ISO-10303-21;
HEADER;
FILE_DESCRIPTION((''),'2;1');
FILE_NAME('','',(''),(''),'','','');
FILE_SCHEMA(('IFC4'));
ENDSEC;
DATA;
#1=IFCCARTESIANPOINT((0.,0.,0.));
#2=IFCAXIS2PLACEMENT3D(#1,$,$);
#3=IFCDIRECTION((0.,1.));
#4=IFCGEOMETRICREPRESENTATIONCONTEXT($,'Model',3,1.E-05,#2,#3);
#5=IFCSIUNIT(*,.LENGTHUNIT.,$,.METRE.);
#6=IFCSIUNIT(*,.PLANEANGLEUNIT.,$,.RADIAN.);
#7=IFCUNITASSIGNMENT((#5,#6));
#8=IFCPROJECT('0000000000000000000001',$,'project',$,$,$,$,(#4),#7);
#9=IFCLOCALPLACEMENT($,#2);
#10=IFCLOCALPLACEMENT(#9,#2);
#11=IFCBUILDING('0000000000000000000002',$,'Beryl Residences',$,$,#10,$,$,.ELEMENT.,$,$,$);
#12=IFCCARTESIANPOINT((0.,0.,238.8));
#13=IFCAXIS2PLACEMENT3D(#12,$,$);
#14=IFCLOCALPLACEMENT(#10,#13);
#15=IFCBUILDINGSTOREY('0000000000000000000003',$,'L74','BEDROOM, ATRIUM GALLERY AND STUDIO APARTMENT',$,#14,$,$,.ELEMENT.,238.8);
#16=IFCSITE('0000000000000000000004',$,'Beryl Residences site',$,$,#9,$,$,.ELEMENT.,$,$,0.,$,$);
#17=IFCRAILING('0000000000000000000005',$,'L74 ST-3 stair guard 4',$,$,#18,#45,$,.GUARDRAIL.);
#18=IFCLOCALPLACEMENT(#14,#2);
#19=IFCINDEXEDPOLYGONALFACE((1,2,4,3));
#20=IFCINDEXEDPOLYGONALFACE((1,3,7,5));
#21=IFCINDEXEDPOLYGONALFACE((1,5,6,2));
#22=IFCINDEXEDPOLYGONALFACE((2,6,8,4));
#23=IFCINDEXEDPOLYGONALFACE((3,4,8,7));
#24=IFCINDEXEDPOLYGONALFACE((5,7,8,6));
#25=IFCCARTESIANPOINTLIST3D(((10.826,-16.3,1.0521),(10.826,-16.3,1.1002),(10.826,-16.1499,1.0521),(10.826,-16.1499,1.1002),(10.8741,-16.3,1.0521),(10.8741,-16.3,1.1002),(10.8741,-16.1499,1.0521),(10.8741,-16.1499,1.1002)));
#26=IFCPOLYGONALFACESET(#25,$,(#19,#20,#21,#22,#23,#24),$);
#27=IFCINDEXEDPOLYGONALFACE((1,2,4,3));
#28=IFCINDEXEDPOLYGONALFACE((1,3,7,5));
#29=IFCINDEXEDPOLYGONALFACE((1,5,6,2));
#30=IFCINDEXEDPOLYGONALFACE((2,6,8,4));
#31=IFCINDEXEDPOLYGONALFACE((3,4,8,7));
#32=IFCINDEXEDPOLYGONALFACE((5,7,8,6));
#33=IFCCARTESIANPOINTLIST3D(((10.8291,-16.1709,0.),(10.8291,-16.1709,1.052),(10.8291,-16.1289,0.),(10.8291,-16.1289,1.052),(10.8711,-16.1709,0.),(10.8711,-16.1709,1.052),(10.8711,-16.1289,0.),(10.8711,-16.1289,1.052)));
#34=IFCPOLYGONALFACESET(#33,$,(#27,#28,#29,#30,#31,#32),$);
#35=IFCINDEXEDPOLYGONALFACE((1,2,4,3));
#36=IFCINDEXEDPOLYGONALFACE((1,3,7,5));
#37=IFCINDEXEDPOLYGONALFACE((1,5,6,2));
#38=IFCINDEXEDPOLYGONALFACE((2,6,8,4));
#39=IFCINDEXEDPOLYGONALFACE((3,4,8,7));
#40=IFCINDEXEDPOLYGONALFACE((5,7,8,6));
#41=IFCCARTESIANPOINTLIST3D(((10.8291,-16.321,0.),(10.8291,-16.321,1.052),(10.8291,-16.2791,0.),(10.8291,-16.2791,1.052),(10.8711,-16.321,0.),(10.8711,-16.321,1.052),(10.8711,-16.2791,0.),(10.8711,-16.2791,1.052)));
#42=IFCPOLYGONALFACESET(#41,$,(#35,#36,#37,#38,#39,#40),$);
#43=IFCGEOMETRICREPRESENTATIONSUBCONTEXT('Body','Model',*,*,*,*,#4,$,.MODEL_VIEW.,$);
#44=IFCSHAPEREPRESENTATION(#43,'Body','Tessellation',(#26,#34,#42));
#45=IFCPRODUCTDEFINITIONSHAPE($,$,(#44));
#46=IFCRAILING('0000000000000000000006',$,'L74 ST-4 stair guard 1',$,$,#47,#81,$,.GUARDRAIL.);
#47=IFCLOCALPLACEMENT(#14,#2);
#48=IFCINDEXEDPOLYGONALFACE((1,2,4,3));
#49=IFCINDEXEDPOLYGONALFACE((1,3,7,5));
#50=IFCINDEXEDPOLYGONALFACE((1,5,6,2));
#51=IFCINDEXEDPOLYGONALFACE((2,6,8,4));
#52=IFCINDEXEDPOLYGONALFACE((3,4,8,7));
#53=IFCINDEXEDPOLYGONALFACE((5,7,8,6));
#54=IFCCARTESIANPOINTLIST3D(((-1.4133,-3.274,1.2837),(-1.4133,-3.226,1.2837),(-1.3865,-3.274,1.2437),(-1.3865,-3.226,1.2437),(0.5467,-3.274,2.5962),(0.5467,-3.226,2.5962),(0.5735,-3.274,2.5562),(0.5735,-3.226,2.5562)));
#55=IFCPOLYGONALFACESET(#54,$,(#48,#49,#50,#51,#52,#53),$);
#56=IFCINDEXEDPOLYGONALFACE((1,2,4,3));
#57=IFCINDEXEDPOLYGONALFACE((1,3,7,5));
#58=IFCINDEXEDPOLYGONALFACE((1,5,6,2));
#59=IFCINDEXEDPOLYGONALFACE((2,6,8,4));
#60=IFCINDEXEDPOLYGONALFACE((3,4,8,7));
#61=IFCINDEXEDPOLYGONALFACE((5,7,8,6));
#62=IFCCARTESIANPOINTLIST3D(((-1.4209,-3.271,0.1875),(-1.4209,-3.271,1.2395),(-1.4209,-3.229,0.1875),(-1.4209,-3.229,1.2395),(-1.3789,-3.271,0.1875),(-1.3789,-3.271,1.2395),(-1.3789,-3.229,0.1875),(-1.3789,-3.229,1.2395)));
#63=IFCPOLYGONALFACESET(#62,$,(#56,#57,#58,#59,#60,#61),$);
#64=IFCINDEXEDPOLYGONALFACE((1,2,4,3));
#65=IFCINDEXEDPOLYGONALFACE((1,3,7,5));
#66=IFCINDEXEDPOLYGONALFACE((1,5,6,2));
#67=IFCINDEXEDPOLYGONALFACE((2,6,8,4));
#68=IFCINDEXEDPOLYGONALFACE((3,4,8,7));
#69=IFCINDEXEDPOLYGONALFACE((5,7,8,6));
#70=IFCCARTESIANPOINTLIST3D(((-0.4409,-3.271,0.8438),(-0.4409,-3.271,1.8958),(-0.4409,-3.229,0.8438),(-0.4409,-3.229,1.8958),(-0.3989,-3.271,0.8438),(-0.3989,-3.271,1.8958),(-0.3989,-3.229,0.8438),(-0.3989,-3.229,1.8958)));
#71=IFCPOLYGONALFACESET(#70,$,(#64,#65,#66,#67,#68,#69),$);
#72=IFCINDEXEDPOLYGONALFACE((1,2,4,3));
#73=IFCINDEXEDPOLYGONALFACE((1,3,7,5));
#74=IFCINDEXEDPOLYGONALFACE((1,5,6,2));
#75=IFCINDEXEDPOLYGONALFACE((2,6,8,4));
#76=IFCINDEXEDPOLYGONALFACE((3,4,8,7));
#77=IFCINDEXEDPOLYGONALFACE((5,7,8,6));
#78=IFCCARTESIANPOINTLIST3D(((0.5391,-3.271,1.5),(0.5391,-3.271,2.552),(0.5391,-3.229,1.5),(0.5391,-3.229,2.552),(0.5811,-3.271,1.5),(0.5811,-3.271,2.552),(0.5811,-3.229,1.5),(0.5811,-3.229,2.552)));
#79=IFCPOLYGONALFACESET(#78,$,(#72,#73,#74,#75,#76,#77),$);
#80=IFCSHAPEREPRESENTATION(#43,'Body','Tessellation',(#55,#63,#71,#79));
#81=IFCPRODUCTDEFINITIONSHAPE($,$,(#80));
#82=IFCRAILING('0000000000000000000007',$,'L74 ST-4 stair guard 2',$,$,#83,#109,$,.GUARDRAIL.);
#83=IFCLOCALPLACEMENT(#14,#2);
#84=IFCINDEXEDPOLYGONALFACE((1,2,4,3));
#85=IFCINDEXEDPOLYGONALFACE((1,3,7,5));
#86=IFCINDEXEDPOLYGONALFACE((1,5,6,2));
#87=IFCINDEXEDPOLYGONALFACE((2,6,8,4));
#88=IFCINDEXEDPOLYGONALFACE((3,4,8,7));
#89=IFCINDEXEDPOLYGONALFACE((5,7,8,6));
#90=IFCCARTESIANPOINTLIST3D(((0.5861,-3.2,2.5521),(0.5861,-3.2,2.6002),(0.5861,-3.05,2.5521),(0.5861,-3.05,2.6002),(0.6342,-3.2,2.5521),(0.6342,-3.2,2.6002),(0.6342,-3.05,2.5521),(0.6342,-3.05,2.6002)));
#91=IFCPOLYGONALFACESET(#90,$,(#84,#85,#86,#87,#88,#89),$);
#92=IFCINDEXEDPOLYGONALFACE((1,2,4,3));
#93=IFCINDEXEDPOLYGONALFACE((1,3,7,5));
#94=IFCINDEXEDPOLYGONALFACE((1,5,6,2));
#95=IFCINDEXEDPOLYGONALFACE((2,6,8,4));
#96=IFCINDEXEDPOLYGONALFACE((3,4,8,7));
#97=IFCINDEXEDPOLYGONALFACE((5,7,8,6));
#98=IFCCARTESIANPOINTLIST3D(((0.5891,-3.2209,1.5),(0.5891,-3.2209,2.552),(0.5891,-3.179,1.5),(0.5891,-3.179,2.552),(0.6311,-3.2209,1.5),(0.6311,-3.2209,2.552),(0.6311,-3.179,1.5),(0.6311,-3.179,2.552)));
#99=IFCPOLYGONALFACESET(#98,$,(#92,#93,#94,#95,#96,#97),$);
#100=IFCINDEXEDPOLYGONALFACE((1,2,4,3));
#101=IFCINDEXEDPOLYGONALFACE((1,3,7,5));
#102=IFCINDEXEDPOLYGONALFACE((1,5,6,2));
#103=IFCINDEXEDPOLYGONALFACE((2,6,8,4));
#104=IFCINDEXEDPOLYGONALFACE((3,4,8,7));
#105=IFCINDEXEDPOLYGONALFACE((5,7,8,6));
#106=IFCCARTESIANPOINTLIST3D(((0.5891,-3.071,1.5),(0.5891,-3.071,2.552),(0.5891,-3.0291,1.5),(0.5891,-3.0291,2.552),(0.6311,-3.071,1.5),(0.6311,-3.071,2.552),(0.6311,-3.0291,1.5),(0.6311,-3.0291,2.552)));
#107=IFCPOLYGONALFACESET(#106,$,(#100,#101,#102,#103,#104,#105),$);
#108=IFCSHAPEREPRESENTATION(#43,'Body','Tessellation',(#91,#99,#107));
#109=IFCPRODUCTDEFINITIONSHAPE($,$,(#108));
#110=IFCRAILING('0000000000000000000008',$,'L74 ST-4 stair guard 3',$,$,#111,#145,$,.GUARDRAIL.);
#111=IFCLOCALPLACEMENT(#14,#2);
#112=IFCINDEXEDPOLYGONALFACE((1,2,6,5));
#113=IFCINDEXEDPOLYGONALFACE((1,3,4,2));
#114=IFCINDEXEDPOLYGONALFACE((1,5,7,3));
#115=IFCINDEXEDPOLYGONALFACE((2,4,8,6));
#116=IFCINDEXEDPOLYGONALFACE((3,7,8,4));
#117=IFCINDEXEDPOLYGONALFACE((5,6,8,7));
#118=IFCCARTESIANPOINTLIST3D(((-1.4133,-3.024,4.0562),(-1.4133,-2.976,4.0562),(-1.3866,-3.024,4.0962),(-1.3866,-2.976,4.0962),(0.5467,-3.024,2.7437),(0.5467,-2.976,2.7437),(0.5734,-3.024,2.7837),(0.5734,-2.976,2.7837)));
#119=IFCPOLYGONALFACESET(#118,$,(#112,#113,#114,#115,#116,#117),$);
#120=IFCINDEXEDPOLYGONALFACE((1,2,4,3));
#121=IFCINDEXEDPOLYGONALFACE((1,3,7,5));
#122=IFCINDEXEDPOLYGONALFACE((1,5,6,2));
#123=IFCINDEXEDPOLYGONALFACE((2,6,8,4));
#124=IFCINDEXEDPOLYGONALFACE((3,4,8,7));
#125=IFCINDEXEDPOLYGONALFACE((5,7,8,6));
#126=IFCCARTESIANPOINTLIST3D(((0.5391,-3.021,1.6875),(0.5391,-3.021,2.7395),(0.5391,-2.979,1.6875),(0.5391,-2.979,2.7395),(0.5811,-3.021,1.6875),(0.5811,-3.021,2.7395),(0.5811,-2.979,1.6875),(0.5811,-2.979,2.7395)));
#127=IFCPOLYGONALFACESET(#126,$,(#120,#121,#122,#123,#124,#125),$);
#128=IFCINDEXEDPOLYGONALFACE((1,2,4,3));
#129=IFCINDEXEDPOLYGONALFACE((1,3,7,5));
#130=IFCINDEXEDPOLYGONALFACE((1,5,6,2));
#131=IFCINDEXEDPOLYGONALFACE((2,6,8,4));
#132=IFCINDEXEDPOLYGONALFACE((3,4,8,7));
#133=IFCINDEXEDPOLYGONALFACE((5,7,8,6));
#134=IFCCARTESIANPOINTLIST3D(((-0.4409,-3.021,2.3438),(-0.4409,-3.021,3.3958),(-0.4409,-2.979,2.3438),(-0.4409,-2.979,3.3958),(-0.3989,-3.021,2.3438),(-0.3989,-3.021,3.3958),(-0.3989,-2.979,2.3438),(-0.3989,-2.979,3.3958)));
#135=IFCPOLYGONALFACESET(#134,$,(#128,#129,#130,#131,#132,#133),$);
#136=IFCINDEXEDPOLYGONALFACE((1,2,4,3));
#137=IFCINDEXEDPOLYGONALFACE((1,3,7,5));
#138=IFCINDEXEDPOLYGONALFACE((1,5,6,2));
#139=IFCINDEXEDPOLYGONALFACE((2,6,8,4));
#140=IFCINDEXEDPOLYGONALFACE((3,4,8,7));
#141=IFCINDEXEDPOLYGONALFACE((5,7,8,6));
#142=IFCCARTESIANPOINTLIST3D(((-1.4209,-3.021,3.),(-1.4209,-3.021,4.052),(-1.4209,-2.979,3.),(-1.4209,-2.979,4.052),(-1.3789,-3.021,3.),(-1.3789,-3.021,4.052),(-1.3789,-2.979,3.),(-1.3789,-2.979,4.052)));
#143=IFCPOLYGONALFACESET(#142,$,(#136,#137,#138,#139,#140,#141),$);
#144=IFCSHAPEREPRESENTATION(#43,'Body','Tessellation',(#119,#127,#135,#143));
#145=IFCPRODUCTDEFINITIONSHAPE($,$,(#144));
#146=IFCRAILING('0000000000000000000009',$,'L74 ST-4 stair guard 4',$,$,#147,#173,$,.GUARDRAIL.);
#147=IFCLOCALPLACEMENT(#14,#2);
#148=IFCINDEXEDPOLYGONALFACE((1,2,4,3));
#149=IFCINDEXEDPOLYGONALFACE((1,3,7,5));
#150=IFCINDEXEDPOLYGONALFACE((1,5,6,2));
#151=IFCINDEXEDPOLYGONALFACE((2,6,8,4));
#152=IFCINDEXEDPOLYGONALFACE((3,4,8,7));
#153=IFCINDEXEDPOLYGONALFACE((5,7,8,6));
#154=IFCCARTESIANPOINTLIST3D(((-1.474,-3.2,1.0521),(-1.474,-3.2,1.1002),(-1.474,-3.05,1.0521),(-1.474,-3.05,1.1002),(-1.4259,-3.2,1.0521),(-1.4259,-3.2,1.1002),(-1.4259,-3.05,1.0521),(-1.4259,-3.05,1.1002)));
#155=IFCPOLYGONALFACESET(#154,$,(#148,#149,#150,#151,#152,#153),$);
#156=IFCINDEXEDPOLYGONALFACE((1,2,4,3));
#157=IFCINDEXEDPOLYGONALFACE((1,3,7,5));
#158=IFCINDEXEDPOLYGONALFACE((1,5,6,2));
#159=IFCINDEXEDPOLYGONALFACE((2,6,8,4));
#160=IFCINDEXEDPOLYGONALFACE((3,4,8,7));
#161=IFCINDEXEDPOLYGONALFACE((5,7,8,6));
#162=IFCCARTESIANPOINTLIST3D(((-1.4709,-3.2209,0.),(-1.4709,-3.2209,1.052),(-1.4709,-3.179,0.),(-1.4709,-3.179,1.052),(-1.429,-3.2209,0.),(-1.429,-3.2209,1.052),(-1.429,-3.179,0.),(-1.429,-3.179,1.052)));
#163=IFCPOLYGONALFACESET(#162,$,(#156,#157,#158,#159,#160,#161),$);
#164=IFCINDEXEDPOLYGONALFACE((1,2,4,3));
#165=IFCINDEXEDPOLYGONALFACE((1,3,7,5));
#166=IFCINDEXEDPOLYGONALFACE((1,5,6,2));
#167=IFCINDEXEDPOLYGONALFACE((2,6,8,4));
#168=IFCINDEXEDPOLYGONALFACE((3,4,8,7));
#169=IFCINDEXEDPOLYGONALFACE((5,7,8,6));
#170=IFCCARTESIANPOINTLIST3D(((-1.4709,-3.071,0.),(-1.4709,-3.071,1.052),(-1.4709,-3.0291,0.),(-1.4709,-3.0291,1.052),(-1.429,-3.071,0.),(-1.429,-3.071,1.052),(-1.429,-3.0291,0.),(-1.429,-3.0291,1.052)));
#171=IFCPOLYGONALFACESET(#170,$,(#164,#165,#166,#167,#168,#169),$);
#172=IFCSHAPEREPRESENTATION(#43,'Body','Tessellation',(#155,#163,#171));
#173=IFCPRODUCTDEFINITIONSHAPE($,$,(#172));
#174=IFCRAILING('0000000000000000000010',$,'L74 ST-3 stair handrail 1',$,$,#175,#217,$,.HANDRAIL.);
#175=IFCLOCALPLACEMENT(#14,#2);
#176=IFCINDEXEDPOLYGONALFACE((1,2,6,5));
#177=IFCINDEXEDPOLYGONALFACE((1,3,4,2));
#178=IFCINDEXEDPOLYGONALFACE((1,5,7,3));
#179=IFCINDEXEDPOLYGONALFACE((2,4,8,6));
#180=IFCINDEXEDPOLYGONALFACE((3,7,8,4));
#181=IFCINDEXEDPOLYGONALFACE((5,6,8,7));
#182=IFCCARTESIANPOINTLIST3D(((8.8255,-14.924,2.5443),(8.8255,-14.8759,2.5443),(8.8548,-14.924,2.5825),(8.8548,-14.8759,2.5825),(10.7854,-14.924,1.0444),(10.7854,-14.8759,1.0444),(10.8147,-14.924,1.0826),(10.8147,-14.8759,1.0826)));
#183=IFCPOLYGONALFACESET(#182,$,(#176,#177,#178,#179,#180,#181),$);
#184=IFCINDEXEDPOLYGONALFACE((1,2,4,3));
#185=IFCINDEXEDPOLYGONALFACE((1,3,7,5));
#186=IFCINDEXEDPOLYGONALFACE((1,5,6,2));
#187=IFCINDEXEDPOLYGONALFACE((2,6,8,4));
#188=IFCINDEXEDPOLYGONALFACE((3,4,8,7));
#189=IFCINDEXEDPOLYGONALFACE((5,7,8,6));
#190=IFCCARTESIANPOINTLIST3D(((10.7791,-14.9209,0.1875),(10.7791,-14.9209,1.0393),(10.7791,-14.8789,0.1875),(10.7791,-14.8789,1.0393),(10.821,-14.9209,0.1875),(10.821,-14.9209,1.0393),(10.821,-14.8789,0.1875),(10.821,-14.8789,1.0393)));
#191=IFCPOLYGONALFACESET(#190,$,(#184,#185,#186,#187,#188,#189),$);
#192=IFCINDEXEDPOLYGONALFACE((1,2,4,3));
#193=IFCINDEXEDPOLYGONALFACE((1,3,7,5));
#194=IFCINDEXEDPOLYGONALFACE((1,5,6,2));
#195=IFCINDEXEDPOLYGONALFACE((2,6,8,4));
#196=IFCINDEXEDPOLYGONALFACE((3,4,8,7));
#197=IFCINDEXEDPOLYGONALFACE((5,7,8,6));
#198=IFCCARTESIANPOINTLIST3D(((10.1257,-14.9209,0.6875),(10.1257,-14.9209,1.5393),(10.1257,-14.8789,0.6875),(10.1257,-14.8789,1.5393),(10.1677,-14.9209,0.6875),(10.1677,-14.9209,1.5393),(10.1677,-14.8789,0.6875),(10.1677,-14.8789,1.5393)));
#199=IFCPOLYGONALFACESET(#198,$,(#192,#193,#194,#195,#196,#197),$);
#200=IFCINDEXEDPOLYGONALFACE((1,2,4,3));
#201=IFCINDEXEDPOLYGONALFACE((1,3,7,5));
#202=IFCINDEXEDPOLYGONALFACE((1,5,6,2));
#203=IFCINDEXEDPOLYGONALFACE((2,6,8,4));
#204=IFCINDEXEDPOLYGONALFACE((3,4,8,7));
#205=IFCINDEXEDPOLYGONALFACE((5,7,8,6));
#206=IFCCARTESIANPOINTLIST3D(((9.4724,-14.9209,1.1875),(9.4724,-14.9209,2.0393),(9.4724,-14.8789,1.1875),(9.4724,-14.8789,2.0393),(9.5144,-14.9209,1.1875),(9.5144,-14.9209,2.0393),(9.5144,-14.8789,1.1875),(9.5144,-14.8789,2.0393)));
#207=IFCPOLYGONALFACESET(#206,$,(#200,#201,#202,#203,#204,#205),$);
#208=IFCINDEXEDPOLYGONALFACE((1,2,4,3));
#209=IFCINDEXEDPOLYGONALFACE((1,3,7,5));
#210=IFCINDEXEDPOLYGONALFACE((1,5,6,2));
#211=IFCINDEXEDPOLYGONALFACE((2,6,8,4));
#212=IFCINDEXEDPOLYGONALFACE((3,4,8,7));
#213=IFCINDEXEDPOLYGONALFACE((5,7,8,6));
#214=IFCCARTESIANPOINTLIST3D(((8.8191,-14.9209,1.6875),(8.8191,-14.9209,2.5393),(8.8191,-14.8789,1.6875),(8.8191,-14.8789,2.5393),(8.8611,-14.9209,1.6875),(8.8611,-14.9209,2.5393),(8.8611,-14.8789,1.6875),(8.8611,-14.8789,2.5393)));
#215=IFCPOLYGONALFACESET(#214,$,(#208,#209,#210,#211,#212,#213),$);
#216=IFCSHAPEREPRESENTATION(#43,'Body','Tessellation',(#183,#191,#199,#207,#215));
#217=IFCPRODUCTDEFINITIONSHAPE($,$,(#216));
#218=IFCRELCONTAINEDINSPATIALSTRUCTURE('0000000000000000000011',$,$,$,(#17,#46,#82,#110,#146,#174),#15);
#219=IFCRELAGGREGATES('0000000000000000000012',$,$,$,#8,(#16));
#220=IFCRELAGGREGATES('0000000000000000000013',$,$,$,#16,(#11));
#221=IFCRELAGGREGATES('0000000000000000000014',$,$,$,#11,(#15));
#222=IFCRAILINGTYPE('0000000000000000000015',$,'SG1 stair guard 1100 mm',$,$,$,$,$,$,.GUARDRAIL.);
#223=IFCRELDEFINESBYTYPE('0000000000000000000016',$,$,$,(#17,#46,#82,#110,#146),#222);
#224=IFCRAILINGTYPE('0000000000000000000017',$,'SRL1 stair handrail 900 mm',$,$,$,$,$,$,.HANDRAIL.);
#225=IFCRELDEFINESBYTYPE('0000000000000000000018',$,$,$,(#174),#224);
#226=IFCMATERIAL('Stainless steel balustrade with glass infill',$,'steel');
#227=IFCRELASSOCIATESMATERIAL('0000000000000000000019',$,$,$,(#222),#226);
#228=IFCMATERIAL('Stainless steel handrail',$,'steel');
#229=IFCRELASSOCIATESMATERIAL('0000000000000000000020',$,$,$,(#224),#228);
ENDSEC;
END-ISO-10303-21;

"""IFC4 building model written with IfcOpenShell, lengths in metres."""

from ifc_helpers import new_model, si_unit, direction, frame, origin, origin_2d, place, context, subcontext, project, spatial, rectangle, extrude, material, type_object, element, save


model = new_model("IFC4")

# Units and contexts
model_context = context("Model", 3, precision=1e-05, world=origin(), true_north=direction((0.0, 1.0)))
body_context = subcontext(model_context, "Body", "Model", "MODEL_VIEW")
ifc_project = project(units=[si_unit("LENGTHUNIT", "METRE"), si_unit("PLANEANGLEUNIT", "RADIAN")], contexts=[model_context])

# Site, building, storey
site_placement = place(None, origin())
site = spatial("IfcSite", under=ifc_project, at=site_placement, Name="Beryl Residences site", CompositionType="ELEMENT", RefElevation=0.0)
building_placement = place(site_placement, origin())
building = spatial("IfcBuilding", under=site, at=building_placement, Name="Beryl Residences", CompositionType="ELEMENT")
storey_placement = place(building_placement, frame((0.0, 0.0, 238.8)))
storey = spatial("IfcBuildingStorey", under=building, at=storey_placement, Name="L74", Description="BEDROOM, ATRIUM GALLERY AND STUDIO APARTMENT", CompositionType="ELEMENT", Elevation=238.8)

# Railings
ifc_material_1 = material(Name="Stainless steel balustrade with glass infill", Category="steel")
railing_type_1 = type_object("IfcRailingType", Name="SG1 stair guard 1100 mm", PredefinedType="GUARDRAIL", material=ifc_material_1)
railing_1_placement = place(storey_placement, frame((10.8501, -16.1499, 0.0)))
element("IfcRailing", 1, at=railing_1_placement, inside=storey, type_object=railing_type_1, Name="L74 ST-3 stair guard 4", PredefinedType="GUARDRAIL", context=body_context, shape_type="SweptSolid", body=[
    extrude(rectangle(XDim=0.0481, YDim=0.0481, at=origin_2d()), frame((0.0, 0.0, 1.0762), z_axis=(0.0, -1.0, 0.0), x_axis=(1.0, 0.0, 0.0)), (0.0, 0.0, 1.0), 0.1501),
    extrude(rectangle(XDim=0.042, YDim=0.042, at=origin_2d()), origin(), (0.0, 0.0, 1.0), 1.052),
    extrude(rectangle(XDim=0.042, YDim=0.042, at=origin_2d()), frame((0.0, -0.1501, 0.0)), (0.0, 0.0, 1.0), 1.052),
])
railing_2_placement = place(storey_placement, frame((-1.3999, -3.25, 0.1875)))
element("IfcRailing", 2, at=railing_2_placement, inside=storey, type_object=railing_type_1, Name="L74 ST-4 stair guard 1", PredefinedType="GUARDRAIL", context=body_context, shape_type="SweptSolid", body=[
    extrude(rectangle(XDim=0.0481, YDim=0.0481, at=origin_2d()), frame((0.0, 0.0, 1.0762), z_axis=(0.830902, 0.0, 0.556419), x_axis=(0.0, 1.0, 0.0)), (0.0, 0.0, 1.0), 2.3589),
    extrude(rectangle(XDim=0.042, YDim=0.042, at=origin_2d()), origin(), (0.0, 0.0, 1.0), 1.052),
    extrude(rectangle(XDim=0.042, YDim=0.042, at=origin_2d()), frame((0.98, 0.0, 0.6562)), (0.0, 0.0, 1.0), 1.052),
    extrude(rectangle(XDim=0.042, YDim=0.042, at=origin_2d()), frame((1.96, 0.0, 1.3125)), (0.0, 0.0, 1.0), 1.052),
])
railing_3_placement = place(storey_placement, frame((0.6101, -3.2, 1.5)))
element("IfcRailing", 3, at=railing_3_placement, inside=storey, type_object=railing_type_1, Name="L74 ST-4 stair guard 2", PredefinedType="GUARDRAIL", context=body_context, shape_type="SweptSolid", body=[
    extrude(rectangle(XDim=0.0481, YDim=0.0481, at=origin_2d()), frame((0.0, 0.0, 1.0762), z_axis=(0.0, 1.0, 0.0), x_axis=(-1.0, 0.0, 0.0)), (0.0, 0.0, 1.0), 0.1499),
    extrude(rectangle(XDim=0.042, YDim=0.042, at=origin_2d()), origin(), (0.0, 0.0, 1.0), 1.052),
    extrude(rectangle(XDim=0.042, YDim=0.042, at=origin_2d()), frame((0.0, 0.1499, 0.0)), (0.0, 0.0, 1.0), 1.052),
])
railing_4_placement = place(storey_placement, frame((0.5601, -3.0, 1.6875)))
element("IfcRailing", 4, at=railing_4_placement, inside=storey, type_object=railing_type_1, Name="L74 ST-4 stair guard 3", PredefinedType="GUARDRAIL", context=body_context, shape_type="SweptSolid", body=[
    extrude(rectangle(XDim=0.0481, YDim=0.0481, at=origin_2d()), frame((0.0, 0.0, 1.0762), z_axis=(-0.830902, 0.0, 0.556419), x_axis=(0.0, -1.0, 0.0)), (0.0, 0.0, 1.0), 2.3589),
    extrude(rectangle(XDim=0.042, YDim=0.042, at=origin_2d()), origin(), (0.0, 0.0, 1.0), 1.052),
    extrude(rectangle(XDim=0.042, YDim=0.042, at=origin_2d()), frame((-0.98, 0.0, 0.6562)), (0.0, 0.0, 1.0), 1.052),
    extrude(rectangle(XDim=0.042, YDim=0.042, at=origin_2d()), frame((-1.96, 0.0, 1.3125)), (0.0, 0.0, 1.0), 1.052),
])
railing_5_placement = place(storey_placement, frame((-1.45, -3.2, 0.0)))
element("IfcRailing", 5, at=railing_5_placement, inside=storey, type_object=railing_type_1, Name="L74 ST-4 stair guard 4", PredefinedType="GUARDRAIL", context=body_context, shape_type="SweptSolid", body=[
    extrude(rectangle(XDim=0.0481, YDim=0.0481, at=origin_2d()), frame((0.0, 0.0, 1.0762), z_axis=(0.0, 1.0, 0.0), x_axis=(-1.0, 0.0, 0.0)), (0.0, 0.0, 1.0), 0.1499),
    extrude(rectangle(XDim=0.042, YDim=0.042, at=origin_2d()), origin(), (0.0, 0.0, 1.0), 1.052),
    extrude(rectangle(XDim=0.042, YDim=0.042, at=origin_2d()), frame((0.0, 0.1499, 0.0)), (0.0, 0.0, 1.0), 1.052),
])
ifc_material_2 = material(Name="Stainless steel handrail", Category="steel")
railing_type_2 = type_object("IfcRailingType", Name="SRL1 stair handrail 900 mm", PredefinedType="HANDRAIL", material=ifc_material_2)
railing_6_placement = place(storey_placement, frame((10.8, -14.8999, 0.1875)))
element("IfcRailing", 6, at=railing_6_placement, inside=storey, type_object=railing_type_2, Name="L74 ST-3 stair handrail 1", PredefinedType="HANDRAIL", context=body_context, shape_type="SweptSolid", body=[
    extrude(rectangle(XDim=0.0481, YDim=0.0481, at=origin_2d()), frame((0.0, 0.0, 0.876), z_axis=(-0.794122, 0.0, 0.607758), x_axis=(0.0, -1.0, 0.0)), (0.0, 0.0, 1.0), 2.468),
    extrude(rectangle(XDim=0.042, YDim=0.042, at=origin_2d()), origin(), (0.0, 0.0, 1.0), 0.8518),
    extrude(rectangle(XDim=0.042, YDim=0.042, at=origin_2d()), frame((-0.6533, 0.0, 0.5)), (0.0, 0.0, 1.0), 0.8518),
    extrude(rectangle(XDim=0.042, YDim=0.042, at=origin_2d()), frame((-1.3066, 0.0, 1.0)), (0.0, 0.0, 1.0), 0.8518),
    extrude(rectangle(XDim=0.042, YDim=0.042, at=origin_2d()), frame((-1.96, 0.0, 1.5)), (0.0, 0.0, 1.0), 0.8518),
])

save(model, "model.ifc")
